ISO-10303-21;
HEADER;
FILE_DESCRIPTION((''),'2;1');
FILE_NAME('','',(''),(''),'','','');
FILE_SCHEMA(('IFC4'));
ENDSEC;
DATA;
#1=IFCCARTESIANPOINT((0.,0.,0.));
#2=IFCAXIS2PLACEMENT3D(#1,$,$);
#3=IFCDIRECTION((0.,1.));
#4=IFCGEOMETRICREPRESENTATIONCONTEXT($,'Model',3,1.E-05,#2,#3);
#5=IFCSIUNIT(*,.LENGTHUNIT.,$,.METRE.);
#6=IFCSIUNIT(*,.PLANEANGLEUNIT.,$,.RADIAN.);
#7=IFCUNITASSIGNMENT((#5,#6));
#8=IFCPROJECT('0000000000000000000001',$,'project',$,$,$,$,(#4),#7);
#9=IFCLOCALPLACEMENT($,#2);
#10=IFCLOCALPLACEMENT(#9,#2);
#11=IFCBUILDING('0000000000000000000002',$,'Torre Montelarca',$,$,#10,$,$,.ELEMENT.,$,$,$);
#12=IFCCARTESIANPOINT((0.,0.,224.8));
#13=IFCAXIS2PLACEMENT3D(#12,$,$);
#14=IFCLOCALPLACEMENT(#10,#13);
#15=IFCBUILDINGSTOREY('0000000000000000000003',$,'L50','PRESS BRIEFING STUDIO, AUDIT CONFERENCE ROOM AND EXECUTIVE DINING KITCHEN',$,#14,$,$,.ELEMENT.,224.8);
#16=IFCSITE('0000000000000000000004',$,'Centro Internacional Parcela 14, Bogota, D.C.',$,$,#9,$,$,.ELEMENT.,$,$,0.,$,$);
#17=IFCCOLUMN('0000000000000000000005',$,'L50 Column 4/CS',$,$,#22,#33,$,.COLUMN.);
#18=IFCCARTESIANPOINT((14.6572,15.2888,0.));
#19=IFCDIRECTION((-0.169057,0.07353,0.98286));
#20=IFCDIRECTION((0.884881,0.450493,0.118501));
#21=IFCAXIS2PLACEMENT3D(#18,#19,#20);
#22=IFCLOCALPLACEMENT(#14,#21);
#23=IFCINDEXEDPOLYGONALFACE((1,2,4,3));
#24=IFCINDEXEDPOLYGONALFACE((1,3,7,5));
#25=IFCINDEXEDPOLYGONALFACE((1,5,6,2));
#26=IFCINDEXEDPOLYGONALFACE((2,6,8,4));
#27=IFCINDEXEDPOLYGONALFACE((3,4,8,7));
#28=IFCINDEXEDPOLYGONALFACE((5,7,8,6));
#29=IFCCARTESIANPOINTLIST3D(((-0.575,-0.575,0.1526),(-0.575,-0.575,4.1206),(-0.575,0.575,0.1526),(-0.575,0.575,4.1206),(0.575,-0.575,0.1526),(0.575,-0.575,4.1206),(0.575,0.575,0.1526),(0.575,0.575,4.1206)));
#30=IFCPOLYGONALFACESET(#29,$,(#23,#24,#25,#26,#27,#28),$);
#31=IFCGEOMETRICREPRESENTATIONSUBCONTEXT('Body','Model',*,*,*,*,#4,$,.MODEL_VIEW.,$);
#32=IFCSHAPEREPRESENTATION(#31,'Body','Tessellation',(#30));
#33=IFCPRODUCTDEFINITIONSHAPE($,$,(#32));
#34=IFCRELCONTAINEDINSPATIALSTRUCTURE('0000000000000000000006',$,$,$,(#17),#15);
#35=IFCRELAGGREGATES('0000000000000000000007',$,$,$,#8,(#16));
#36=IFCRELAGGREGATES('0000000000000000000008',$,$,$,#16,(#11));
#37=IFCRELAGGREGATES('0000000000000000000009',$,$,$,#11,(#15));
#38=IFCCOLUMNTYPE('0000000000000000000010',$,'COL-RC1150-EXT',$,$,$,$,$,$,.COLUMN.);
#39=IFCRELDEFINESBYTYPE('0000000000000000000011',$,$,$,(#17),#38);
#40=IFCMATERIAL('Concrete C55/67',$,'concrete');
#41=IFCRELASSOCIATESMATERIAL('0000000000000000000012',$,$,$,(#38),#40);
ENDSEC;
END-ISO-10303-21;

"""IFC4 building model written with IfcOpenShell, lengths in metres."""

from ifc_helpers import new_model, si_unit, direction, frame, origin, origin_2d, place, context, subcontext, project, spatial, rectangle, extrude, clip, halfspace, material, material_profile, profile_set, type_object, element, save


model = new_model("IFC4")

# Units and contexts
model_context = context("Model", 3, precision=1e-05, world=origin(), true_north=direction((0.0, 1.0)))
body_context = subcontext(model_context, "Body", "Model", "MODEL_VIEW")
ifc_project = project(units=[si_unit("LENGTHUNIT", "METRE"), si_unit("PLANEANGLEUNIT", "RADIAN")], contexts=[model_context])

# Site, building, storey
site_placement = place(None, origin())
site = spatial("IfcSite", under=ifc_project, at=site_placement, Name="Centro Internacional Parcela 14, Bogota, D.C.", CompositionType="ELEMENT", RefElevation=0.0)
building_placement = place(site_placement, origin())
building = spatial("IfcBuilding", under=site, at=building_placement, Name="Torre Montelarca", CompositionType="ELEMENT")
storey_placement = place(building_placement, frame((0.0, 0.0, 224.8)))
storey = spatial("IfcBuildingStorey", under=building, at=storey_placement, Name="L50", Description="PRESS BRIEFING STUDIO, AUDIT CONFERENCE ROOM AND EXECUTIVE DINING KITCHEN", CompositionType="ELEMENT", Elevation=224.8)

# Column
ifc_material_1 = material(Name="Concrete C55/67", Category="concrete")
ifc_material_profile_1 = material_profile(ifc_material_1, rectangle(XDim=1.1499, YDim=1.1499, at=origin_2d()), Name="RC1150X1150", Category="concrete")
ifc_profile_set_1 = profile_set([ifc_material_profile_1], Name="Concrete C55/67")
column_type = type_object("IfcColumnType", Name="COL-RC1150-EXT", PredefinedType="COLUMN", material=ifc_profile_set_1)
column_placement = place(storey_placement, frame((14.6572, 15.2888, 0.0), z_axis=(-0.169057, 0.07353, 0.98286), x_axis=(0.884881, 0.450493, 0.118501)))
element("IfcColumn", 1, at=column_placement, inside=storey, type_object=column_type, Name="L50 Column 4/CS", PredefinedType="COLUMN", context=body_context, shape_type="Clipping", body=[
    clip(clip(extrude(rectangle(XDim=1.1499, YDim=1.1499, at=origin_2d()), origin(), (0.0, 0.0, 1.0), 4.2732), halfspace(frame((0.0, 0.0, 0.1526), z_axis=(0.0, 0.0, -1.0), x_axis=(1.0, 0.0, 0.0)), False)), halfspace(frame((0.0, 0.0, 4.1206), z_axis=(0.0, 0.0, 1.0), x_axis=(1.0, 0.0, 0.0)), False)),
])

save(model, "model.ifc")
